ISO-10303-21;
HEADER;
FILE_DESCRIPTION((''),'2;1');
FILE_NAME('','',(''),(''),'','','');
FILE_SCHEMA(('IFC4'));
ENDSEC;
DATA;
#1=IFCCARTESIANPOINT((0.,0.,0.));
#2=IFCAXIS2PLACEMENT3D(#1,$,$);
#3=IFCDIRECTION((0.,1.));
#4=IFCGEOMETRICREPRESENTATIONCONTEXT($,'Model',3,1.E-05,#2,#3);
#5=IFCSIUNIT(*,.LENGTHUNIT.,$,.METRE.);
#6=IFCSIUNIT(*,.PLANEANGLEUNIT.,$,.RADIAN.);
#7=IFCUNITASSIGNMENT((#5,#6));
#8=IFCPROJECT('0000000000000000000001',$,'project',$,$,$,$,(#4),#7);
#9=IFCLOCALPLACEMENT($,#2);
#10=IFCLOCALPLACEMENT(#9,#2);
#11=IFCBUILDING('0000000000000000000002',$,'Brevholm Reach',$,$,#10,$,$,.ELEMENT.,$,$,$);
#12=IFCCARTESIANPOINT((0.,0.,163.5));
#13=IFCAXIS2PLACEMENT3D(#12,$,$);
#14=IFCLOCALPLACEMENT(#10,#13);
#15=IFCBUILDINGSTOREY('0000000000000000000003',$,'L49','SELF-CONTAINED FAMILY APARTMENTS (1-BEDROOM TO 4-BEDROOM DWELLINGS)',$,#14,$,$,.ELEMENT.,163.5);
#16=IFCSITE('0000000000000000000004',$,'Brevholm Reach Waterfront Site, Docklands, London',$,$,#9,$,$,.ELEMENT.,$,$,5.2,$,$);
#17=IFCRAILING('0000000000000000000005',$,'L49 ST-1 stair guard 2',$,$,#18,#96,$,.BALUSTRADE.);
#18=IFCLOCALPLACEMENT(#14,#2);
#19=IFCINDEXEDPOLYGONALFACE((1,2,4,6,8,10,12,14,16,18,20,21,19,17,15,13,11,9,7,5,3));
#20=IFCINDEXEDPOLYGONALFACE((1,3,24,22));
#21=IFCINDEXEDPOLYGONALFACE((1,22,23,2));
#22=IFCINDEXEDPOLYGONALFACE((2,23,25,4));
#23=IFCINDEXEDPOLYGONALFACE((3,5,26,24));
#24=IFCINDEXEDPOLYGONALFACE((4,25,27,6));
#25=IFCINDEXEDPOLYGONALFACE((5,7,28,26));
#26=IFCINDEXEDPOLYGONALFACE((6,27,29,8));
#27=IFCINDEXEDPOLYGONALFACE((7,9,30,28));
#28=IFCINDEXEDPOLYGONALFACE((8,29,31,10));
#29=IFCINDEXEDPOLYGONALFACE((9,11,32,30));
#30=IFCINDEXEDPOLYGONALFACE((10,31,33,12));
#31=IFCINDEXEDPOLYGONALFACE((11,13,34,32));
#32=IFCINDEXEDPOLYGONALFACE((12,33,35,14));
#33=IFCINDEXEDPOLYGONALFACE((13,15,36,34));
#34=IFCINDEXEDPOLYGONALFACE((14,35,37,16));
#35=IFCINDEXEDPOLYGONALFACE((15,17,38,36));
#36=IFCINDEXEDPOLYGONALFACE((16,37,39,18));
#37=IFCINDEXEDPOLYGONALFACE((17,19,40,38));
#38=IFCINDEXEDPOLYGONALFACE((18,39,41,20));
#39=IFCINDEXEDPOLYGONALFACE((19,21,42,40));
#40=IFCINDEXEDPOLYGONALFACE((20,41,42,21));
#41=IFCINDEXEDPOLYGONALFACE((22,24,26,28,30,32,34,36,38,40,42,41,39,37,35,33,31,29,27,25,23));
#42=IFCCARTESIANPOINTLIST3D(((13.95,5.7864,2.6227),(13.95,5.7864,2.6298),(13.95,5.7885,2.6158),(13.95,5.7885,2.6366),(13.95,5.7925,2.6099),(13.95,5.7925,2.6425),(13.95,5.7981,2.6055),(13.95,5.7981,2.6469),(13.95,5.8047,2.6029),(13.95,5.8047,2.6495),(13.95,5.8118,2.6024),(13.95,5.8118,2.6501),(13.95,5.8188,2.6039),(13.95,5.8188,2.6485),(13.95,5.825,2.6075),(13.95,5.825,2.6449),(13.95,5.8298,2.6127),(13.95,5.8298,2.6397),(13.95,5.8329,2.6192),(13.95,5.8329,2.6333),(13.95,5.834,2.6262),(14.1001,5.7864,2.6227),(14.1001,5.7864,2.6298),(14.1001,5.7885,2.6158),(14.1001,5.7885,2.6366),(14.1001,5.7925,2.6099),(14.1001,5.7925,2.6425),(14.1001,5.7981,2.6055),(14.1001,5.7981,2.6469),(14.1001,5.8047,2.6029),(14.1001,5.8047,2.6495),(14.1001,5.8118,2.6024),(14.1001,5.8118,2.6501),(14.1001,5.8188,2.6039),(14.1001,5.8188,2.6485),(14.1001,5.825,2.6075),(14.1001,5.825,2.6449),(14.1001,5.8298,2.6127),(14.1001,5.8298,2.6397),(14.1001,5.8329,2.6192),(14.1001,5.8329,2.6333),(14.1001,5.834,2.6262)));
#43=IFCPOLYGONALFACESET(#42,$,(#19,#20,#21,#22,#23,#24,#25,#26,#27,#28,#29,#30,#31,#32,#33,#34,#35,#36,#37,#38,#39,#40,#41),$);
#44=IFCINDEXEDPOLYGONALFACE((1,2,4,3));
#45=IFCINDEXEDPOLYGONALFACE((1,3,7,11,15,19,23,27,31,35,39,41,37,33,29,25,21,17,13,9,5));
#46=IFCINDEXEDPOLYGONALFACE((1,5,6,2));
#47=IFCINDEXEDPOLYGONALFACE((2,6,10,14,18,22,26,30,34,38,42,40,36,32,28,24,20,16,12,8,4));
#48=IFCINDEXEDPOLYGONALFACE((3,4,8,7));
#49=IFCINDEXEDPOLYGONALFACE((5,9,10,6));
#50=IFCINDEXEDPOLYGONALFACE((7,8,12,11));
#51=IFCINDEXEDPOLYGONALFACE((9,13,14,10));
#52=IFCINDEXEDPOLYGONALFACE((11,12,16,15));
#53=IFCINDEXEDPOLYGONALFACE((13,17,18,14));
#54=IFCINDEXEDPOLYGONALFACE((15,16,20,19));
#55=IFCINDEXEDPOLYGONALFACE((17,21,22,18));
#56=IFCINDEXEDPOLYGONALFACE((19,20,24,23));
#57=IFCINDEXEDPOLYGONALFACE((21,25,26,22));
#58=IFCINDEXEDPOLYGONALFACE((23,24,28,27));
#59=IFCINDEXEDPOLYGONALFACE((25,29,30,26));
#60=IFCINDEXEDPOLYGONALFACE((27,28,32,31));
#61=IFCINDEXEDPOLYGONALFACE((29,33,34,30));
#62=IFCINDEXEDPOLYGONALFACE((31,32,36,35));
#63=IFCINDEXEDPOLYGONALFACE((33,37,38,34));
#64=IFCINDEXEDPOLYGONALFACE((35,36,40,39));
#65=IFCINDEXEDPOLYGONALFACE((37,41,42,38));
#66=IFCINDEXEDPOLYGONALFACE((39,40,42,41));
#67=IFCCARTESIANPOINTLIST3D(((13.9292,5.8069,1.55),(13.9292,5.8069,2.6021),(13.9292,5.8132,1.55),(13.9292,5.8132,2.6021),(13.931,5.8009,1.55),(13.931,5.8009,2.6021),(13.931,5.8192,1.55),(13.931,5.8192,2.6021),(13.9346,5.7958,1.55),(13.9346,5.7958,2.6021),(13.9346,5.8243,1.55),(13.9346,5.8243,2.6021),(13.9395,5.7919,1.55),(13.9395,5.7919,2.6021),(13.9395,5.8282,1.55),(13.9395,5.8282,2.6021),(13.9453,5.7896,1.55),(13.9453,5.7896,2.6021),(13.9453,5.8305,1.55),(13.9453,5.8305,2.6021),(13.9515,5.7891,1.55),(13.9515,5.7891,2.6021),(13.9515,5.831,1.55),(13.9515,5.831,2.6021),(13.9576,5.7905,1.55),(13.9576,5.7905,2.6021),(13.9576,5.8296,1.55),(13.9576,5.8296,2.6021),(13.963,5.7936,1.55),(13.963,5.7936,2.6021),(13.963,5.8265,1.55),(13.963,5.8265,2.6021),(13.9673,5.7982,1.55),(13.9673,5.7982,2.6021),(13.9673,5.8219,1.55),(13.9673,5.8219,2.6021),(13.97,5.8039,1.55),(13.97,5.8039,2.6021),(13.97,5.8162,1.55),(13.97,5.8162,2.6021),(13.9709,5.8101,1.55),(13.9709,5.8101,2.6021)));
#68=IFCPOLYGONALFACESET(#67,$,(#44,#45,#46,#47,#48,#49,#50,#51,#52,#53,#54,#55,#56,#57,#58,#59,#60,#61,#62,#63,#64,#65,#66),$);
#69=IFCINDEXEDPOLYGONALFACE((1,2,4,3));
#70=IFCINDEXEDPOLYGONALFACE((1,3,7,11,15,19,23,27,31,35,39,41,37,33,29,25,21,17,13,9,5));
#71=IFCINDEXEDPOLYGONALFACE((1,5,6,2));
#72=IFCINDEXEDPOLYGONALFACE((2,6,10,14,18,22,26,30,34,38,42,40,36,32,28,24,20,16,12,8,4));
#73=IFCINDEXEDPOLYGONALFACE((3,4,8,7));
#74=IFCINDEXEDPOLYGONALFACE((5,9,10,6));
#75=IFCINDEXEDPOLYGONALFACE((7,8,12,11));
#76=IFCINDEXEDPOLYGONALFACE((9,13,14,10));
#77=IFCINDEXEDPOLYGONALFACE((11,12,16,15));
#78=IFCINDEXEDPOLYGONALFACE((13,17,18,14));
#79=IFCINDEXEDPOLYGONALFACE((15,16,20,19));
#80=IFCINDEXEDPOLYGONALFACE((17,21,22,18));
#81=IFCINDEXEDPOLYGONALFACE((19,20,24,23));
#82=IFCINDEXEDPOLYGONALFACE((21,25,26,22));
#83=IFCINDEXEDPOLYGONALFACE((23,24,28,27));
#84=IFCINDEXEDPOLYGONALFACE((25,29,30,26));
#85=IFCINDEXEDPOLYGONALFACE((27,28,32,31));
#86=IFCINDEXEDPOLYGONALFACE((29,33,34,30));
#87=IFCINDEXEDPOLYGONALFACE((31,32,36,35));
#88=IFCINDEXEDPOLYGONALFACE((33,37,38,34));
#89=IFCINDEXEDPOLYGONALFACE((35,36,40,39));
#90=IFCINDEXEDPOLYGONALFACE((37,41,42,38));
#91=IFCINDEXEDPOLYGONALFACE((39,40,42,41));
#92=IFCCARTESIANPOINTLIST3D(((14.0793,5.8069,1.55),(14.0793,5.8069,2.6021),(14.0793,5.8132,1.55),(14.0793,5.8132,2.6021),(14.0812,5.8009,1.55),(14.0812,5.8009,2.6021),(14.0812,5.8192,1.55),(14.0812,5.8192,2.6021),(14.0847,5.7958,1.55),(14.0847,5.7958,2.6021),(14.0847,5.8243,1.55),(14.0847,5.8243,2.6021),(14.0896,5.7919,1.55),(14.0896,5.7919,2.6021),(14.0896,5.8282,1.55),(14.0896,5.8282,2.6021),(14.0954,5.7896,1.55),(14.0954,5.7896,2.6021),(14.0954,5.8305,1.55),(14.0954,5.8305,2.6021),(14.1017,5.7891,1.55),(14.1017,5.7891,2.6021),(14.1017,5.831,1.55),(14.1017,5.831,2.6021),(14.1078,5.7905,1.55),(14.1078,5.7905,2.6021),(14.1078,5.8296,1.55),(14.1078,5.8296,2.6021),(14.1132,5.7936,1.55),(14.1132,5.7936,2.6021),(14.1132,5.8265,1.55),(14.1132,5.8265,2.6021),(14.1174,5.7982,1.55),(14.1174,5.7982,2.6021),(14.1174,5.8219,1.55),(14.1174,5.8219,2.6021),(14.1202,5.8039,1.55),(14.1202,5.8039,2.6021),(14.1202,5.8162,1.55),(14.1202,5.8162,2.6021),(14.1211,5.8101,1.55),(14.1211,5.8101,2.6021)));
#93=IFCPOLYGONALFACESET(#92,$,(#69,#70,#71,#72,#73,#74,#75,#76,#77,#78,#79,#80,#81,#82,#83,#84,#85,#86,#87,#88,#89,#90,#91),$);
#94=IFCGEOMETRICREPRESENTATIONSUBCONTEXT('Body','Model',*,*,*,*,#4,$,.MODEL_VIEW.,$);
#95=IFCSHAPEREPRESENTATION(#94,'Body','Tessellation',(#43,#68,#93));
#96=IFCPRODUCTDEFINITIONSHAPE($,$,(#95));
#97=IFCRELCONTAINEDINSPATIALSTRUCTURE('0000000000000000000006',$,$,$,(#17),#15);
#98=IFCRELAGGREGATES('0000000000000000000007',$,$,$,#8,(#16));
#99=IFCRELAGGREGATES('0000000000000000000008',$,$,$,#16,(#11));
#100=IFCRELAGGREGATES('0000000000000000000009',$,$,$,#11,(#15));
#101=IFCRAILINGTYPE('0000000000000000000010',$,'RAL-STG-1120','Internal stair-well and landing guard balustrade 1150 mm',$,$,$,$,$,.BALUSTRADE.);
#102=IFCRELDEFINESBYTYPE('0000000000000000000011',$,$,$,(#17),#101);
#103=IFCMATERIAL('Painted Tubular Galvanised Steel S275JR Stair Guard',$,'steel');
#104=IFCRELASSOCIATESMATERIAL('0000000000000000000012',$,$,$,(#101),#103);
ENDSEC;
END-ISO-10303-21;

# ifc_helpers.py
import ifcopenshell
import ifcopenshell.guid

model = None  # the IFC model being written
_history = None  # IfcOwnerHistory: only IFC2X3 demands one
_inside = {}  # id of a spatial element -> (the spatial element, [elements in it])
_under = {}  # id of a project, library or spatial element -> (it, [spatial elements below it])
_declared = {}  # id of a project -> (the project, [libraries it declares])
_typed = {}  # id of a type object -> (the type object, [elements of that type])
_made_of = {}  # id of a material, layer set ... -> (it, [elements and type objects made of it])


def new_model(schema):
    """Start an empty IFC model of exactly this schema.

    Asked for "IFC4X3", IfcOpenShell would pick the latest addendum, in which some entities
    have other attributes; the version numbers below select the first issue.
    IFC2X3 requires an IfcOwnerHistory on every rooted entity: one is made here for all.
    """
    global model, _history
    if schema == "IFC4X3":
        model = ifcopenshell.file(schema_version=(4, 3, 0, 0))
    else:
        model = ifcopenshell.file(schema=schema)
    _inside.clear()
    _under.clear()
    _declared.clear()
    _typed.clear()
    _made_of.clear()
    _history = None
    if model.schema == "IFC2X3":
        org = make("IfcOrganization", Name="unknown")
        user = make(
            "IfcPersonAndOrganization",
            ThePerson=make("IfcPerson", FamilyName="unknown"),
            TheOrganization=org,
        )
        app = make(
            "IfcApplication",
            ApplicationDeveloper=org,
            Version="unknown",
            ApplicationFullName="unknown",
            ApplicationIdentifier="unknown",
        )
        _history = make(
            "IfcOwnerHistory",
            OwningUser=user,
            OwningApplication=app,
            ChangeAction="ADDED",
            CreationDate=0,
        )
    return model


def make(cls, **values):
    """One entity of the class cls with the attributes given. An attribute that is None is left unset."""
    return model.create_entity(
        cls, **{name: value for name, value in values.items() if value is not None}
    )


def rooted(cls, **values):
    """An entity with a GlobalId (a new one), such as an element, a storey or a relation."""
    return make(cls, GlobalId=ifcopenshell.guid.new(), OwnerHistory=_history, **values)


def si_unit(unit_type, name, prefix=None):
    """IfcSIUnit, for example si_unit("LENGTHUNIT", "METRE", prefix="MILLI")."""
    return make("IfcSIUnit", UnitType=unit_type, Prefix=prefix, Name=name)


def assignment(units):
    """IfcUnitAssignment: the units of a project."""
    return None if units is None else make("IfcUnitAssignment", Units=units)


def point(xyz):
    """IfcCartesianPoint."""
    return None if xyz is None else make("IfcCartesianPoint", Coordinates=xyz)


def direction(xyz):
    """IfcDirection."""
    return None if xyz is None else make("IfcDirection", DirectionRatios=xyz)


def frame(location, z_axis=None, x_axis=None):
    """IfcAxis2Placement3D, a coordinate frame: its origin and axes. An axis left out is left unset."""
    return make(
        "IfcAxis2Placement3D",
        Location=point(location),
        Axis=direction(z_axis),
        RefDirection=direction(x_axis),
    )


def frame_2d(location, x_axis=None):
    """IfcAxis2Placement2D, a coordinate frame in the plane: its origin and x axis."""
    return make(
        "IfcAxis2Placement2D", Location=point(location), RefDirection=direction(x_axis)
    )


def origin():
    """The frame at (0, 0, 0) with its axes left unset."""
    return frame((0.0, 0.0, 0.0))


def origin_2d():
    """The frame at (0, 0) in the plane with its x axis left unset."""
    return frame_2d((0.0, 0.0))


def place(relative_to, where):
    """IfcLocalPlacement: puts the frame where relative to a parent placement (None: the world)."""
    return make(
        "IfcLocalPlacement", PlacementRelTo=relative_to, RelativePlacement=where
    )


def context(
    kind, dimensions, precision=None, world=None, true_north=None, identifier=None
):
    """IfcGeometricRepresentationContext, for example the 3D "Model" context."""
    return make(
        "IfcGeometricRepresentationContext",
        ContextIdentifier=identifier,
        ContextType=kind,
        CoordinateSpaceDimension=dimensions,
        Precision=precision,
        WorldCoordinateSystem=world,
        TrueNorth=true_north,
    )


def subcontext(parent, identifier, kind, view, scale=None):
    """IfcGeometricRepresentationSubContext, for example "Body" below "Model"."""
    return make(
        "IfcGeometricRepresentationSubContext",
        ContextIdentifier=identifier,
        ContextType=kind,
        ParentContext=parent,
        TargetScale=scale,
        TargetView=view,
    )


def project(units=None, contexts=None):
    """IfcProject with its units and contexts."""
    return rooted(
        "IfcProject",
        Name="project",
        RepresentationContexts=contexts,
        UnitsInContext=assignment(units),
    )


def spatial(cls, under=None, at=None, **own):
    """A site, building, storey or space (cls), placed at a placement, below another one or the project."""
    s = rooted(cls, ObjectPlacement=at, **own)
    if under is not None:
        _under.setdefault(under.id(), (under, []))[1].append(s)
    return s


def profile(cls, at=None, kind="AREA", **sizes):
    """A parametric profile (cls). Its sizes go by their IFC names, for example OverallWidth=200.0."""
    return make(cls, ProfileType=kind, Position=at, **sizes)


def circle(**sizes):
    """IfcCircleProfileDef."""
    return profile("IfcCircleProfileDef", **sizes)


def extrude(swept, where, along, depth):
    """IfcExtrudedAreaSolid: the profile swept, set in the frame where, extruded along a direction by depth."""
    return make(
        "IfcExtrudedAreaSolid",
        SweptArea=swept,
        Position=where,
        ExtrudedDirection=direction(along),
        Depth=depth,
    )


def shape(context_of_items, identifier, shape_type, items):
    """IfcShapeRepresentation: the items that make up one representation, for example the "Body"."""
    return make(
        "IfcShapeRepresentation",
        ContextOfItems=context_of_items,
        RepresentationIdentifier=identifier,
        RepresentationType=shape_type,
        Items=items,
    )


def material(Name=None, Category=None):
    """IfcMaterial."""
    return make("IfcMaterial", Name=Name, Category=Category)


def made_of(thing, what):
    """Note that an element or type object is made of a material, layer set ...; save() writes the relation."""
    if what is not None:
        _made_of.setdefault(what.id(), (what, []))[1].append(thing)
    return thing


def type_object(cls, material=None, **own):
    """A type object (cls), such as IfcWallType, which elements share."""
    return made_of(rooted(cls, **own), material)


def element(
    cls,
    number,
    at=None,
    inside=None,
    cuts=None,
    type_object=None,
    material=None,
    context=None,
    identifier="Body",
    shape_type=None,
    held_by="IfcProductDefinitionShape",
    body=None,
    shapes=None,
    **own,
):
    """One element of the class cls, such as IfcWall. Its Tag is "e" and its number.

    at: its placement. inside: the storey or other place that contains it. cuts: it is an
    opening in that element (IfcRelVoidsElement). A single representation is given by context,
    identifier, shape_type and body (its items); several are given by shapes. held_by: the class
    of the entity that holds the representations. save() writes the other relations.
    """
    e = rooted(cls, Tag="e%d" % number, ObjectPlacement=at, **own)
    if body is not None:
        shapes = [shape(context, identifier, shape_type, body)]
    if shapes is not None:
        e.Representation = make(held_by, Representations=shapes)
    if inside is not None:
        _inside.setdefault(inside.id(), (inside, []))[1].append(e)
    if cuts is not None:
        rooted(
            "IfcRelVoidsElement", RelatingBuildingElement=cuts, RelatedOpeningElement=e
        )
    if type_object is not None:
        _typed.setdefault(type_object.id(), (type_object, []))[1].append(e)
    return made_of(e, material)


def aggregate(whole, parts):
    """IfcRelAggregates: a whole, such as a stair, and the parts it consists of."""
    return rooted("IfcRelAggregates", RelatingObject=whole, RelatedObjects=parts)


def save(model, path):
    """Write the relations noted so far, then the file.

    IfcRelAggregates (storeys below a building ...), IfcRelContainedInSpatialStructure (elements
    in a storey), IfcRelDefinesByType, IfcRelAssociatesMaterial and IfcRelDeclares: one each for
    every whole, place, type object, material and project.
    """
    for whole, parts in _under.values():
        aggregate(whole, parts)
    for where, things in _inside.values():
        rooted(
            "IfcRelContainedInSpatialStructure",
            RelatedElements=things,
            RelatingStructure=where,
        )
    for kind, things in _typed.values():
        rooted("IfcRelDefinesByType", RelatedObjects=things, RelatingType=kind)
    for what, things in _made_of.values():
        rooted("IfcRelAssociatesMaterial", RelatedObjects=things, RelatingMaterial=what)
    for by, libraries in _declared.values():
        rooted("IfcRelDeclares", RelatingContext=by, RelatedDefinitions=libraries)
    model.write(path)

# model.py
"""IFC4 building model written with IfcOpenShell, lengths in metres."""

from ifc_helpers import new_model, si_unit, direction, frame, origin, origin_2d, place, context, subcontext, project, spatial, circle, extrude, material, type_object, element, save


model = new_model("IFC4")

# Units and contexts
model_context = context("Model", 3, precision=1e-05, world=origin(), true_north=direction((0.0, 1.0)))
body_context = subcontext(model_context, "Body", "Model", "MODEL_VIEW")
ifc_project = project(units=[si_unit("LENGTHUNIT", "METRE"), si_unit("PLANEANGLEUNIT", "RADIAN")], contexts=[model_context])

# Site, building, storey
site_placement = place(None, origin())
site = spatial("IfcSite", under=ifc_project, at=site_placement, Name="Brevholm Reach Waterfront Site, Docklands, London", CompositionType="ELEMENT", RefElevation=5.2)
building_placement = place(site_placement, origin())
building = spatial("IfcBuilding", under=site, at=building_placement, Name="Brevholm Reach", CompositionType="ELEMENT")
storey_placement = place(building_placement, frame((0.0, 0.0, 163.5)))
storey = spatial("IfcBuildingStorey", under=building, at=storey_placement, Name="L49", Description="SELF-CONTAINED FAMILY APARTMENTS (1-BEDROOM TO 4-BEDROOM DWELLINGS)", CompositionType="ELEMENT", Elevation=163.5)

# Railing
ifc_material_1 = material(Name="Painted Tubular Galvanised Steel S275JR Stair Guard", Category="steel")
railing_type_1 = type_object("IfcRailingType", Name="RAL-STG-1120", Description="Internal stair-well and landing guard balustrade 1150 mm", PredefinedType="BALUSTRADE", material=ifc_material_1)
railing_1_placement = place(storey_placement, frame((13.95, 5.8101, 1.55)))
element("IfcRailing", 1, at=railing_1_placement, inside=storey, type_object=railing_type_1, Name="L49 ST-1 stair guard 2", PredefinedType="BALUSTRADE", context=body_context, shape_type="SweptSolid", body=[
    extrude(circle(Radius=0.0239, at=origin_2d()), frame((0.0, 0.0, 1.0762), z_axis=(1.0, 0.0, 0.0), x_axis=(0.0, 1.0, 0.0)), (0.0, 0.0, 1.0), 0.1501),
    extrude(circle(Radius=0.021, at=origin_2d()), origin(), (0.0, 0.0, 1.0), 1.052),
    extrude(circle(Radius=0.021, at=origin_2d()), frame((0.1501, 0.0, 0.0)), (0.0, 0.0, 1.0), 1.052),
])

save(model, "model.ifc")
